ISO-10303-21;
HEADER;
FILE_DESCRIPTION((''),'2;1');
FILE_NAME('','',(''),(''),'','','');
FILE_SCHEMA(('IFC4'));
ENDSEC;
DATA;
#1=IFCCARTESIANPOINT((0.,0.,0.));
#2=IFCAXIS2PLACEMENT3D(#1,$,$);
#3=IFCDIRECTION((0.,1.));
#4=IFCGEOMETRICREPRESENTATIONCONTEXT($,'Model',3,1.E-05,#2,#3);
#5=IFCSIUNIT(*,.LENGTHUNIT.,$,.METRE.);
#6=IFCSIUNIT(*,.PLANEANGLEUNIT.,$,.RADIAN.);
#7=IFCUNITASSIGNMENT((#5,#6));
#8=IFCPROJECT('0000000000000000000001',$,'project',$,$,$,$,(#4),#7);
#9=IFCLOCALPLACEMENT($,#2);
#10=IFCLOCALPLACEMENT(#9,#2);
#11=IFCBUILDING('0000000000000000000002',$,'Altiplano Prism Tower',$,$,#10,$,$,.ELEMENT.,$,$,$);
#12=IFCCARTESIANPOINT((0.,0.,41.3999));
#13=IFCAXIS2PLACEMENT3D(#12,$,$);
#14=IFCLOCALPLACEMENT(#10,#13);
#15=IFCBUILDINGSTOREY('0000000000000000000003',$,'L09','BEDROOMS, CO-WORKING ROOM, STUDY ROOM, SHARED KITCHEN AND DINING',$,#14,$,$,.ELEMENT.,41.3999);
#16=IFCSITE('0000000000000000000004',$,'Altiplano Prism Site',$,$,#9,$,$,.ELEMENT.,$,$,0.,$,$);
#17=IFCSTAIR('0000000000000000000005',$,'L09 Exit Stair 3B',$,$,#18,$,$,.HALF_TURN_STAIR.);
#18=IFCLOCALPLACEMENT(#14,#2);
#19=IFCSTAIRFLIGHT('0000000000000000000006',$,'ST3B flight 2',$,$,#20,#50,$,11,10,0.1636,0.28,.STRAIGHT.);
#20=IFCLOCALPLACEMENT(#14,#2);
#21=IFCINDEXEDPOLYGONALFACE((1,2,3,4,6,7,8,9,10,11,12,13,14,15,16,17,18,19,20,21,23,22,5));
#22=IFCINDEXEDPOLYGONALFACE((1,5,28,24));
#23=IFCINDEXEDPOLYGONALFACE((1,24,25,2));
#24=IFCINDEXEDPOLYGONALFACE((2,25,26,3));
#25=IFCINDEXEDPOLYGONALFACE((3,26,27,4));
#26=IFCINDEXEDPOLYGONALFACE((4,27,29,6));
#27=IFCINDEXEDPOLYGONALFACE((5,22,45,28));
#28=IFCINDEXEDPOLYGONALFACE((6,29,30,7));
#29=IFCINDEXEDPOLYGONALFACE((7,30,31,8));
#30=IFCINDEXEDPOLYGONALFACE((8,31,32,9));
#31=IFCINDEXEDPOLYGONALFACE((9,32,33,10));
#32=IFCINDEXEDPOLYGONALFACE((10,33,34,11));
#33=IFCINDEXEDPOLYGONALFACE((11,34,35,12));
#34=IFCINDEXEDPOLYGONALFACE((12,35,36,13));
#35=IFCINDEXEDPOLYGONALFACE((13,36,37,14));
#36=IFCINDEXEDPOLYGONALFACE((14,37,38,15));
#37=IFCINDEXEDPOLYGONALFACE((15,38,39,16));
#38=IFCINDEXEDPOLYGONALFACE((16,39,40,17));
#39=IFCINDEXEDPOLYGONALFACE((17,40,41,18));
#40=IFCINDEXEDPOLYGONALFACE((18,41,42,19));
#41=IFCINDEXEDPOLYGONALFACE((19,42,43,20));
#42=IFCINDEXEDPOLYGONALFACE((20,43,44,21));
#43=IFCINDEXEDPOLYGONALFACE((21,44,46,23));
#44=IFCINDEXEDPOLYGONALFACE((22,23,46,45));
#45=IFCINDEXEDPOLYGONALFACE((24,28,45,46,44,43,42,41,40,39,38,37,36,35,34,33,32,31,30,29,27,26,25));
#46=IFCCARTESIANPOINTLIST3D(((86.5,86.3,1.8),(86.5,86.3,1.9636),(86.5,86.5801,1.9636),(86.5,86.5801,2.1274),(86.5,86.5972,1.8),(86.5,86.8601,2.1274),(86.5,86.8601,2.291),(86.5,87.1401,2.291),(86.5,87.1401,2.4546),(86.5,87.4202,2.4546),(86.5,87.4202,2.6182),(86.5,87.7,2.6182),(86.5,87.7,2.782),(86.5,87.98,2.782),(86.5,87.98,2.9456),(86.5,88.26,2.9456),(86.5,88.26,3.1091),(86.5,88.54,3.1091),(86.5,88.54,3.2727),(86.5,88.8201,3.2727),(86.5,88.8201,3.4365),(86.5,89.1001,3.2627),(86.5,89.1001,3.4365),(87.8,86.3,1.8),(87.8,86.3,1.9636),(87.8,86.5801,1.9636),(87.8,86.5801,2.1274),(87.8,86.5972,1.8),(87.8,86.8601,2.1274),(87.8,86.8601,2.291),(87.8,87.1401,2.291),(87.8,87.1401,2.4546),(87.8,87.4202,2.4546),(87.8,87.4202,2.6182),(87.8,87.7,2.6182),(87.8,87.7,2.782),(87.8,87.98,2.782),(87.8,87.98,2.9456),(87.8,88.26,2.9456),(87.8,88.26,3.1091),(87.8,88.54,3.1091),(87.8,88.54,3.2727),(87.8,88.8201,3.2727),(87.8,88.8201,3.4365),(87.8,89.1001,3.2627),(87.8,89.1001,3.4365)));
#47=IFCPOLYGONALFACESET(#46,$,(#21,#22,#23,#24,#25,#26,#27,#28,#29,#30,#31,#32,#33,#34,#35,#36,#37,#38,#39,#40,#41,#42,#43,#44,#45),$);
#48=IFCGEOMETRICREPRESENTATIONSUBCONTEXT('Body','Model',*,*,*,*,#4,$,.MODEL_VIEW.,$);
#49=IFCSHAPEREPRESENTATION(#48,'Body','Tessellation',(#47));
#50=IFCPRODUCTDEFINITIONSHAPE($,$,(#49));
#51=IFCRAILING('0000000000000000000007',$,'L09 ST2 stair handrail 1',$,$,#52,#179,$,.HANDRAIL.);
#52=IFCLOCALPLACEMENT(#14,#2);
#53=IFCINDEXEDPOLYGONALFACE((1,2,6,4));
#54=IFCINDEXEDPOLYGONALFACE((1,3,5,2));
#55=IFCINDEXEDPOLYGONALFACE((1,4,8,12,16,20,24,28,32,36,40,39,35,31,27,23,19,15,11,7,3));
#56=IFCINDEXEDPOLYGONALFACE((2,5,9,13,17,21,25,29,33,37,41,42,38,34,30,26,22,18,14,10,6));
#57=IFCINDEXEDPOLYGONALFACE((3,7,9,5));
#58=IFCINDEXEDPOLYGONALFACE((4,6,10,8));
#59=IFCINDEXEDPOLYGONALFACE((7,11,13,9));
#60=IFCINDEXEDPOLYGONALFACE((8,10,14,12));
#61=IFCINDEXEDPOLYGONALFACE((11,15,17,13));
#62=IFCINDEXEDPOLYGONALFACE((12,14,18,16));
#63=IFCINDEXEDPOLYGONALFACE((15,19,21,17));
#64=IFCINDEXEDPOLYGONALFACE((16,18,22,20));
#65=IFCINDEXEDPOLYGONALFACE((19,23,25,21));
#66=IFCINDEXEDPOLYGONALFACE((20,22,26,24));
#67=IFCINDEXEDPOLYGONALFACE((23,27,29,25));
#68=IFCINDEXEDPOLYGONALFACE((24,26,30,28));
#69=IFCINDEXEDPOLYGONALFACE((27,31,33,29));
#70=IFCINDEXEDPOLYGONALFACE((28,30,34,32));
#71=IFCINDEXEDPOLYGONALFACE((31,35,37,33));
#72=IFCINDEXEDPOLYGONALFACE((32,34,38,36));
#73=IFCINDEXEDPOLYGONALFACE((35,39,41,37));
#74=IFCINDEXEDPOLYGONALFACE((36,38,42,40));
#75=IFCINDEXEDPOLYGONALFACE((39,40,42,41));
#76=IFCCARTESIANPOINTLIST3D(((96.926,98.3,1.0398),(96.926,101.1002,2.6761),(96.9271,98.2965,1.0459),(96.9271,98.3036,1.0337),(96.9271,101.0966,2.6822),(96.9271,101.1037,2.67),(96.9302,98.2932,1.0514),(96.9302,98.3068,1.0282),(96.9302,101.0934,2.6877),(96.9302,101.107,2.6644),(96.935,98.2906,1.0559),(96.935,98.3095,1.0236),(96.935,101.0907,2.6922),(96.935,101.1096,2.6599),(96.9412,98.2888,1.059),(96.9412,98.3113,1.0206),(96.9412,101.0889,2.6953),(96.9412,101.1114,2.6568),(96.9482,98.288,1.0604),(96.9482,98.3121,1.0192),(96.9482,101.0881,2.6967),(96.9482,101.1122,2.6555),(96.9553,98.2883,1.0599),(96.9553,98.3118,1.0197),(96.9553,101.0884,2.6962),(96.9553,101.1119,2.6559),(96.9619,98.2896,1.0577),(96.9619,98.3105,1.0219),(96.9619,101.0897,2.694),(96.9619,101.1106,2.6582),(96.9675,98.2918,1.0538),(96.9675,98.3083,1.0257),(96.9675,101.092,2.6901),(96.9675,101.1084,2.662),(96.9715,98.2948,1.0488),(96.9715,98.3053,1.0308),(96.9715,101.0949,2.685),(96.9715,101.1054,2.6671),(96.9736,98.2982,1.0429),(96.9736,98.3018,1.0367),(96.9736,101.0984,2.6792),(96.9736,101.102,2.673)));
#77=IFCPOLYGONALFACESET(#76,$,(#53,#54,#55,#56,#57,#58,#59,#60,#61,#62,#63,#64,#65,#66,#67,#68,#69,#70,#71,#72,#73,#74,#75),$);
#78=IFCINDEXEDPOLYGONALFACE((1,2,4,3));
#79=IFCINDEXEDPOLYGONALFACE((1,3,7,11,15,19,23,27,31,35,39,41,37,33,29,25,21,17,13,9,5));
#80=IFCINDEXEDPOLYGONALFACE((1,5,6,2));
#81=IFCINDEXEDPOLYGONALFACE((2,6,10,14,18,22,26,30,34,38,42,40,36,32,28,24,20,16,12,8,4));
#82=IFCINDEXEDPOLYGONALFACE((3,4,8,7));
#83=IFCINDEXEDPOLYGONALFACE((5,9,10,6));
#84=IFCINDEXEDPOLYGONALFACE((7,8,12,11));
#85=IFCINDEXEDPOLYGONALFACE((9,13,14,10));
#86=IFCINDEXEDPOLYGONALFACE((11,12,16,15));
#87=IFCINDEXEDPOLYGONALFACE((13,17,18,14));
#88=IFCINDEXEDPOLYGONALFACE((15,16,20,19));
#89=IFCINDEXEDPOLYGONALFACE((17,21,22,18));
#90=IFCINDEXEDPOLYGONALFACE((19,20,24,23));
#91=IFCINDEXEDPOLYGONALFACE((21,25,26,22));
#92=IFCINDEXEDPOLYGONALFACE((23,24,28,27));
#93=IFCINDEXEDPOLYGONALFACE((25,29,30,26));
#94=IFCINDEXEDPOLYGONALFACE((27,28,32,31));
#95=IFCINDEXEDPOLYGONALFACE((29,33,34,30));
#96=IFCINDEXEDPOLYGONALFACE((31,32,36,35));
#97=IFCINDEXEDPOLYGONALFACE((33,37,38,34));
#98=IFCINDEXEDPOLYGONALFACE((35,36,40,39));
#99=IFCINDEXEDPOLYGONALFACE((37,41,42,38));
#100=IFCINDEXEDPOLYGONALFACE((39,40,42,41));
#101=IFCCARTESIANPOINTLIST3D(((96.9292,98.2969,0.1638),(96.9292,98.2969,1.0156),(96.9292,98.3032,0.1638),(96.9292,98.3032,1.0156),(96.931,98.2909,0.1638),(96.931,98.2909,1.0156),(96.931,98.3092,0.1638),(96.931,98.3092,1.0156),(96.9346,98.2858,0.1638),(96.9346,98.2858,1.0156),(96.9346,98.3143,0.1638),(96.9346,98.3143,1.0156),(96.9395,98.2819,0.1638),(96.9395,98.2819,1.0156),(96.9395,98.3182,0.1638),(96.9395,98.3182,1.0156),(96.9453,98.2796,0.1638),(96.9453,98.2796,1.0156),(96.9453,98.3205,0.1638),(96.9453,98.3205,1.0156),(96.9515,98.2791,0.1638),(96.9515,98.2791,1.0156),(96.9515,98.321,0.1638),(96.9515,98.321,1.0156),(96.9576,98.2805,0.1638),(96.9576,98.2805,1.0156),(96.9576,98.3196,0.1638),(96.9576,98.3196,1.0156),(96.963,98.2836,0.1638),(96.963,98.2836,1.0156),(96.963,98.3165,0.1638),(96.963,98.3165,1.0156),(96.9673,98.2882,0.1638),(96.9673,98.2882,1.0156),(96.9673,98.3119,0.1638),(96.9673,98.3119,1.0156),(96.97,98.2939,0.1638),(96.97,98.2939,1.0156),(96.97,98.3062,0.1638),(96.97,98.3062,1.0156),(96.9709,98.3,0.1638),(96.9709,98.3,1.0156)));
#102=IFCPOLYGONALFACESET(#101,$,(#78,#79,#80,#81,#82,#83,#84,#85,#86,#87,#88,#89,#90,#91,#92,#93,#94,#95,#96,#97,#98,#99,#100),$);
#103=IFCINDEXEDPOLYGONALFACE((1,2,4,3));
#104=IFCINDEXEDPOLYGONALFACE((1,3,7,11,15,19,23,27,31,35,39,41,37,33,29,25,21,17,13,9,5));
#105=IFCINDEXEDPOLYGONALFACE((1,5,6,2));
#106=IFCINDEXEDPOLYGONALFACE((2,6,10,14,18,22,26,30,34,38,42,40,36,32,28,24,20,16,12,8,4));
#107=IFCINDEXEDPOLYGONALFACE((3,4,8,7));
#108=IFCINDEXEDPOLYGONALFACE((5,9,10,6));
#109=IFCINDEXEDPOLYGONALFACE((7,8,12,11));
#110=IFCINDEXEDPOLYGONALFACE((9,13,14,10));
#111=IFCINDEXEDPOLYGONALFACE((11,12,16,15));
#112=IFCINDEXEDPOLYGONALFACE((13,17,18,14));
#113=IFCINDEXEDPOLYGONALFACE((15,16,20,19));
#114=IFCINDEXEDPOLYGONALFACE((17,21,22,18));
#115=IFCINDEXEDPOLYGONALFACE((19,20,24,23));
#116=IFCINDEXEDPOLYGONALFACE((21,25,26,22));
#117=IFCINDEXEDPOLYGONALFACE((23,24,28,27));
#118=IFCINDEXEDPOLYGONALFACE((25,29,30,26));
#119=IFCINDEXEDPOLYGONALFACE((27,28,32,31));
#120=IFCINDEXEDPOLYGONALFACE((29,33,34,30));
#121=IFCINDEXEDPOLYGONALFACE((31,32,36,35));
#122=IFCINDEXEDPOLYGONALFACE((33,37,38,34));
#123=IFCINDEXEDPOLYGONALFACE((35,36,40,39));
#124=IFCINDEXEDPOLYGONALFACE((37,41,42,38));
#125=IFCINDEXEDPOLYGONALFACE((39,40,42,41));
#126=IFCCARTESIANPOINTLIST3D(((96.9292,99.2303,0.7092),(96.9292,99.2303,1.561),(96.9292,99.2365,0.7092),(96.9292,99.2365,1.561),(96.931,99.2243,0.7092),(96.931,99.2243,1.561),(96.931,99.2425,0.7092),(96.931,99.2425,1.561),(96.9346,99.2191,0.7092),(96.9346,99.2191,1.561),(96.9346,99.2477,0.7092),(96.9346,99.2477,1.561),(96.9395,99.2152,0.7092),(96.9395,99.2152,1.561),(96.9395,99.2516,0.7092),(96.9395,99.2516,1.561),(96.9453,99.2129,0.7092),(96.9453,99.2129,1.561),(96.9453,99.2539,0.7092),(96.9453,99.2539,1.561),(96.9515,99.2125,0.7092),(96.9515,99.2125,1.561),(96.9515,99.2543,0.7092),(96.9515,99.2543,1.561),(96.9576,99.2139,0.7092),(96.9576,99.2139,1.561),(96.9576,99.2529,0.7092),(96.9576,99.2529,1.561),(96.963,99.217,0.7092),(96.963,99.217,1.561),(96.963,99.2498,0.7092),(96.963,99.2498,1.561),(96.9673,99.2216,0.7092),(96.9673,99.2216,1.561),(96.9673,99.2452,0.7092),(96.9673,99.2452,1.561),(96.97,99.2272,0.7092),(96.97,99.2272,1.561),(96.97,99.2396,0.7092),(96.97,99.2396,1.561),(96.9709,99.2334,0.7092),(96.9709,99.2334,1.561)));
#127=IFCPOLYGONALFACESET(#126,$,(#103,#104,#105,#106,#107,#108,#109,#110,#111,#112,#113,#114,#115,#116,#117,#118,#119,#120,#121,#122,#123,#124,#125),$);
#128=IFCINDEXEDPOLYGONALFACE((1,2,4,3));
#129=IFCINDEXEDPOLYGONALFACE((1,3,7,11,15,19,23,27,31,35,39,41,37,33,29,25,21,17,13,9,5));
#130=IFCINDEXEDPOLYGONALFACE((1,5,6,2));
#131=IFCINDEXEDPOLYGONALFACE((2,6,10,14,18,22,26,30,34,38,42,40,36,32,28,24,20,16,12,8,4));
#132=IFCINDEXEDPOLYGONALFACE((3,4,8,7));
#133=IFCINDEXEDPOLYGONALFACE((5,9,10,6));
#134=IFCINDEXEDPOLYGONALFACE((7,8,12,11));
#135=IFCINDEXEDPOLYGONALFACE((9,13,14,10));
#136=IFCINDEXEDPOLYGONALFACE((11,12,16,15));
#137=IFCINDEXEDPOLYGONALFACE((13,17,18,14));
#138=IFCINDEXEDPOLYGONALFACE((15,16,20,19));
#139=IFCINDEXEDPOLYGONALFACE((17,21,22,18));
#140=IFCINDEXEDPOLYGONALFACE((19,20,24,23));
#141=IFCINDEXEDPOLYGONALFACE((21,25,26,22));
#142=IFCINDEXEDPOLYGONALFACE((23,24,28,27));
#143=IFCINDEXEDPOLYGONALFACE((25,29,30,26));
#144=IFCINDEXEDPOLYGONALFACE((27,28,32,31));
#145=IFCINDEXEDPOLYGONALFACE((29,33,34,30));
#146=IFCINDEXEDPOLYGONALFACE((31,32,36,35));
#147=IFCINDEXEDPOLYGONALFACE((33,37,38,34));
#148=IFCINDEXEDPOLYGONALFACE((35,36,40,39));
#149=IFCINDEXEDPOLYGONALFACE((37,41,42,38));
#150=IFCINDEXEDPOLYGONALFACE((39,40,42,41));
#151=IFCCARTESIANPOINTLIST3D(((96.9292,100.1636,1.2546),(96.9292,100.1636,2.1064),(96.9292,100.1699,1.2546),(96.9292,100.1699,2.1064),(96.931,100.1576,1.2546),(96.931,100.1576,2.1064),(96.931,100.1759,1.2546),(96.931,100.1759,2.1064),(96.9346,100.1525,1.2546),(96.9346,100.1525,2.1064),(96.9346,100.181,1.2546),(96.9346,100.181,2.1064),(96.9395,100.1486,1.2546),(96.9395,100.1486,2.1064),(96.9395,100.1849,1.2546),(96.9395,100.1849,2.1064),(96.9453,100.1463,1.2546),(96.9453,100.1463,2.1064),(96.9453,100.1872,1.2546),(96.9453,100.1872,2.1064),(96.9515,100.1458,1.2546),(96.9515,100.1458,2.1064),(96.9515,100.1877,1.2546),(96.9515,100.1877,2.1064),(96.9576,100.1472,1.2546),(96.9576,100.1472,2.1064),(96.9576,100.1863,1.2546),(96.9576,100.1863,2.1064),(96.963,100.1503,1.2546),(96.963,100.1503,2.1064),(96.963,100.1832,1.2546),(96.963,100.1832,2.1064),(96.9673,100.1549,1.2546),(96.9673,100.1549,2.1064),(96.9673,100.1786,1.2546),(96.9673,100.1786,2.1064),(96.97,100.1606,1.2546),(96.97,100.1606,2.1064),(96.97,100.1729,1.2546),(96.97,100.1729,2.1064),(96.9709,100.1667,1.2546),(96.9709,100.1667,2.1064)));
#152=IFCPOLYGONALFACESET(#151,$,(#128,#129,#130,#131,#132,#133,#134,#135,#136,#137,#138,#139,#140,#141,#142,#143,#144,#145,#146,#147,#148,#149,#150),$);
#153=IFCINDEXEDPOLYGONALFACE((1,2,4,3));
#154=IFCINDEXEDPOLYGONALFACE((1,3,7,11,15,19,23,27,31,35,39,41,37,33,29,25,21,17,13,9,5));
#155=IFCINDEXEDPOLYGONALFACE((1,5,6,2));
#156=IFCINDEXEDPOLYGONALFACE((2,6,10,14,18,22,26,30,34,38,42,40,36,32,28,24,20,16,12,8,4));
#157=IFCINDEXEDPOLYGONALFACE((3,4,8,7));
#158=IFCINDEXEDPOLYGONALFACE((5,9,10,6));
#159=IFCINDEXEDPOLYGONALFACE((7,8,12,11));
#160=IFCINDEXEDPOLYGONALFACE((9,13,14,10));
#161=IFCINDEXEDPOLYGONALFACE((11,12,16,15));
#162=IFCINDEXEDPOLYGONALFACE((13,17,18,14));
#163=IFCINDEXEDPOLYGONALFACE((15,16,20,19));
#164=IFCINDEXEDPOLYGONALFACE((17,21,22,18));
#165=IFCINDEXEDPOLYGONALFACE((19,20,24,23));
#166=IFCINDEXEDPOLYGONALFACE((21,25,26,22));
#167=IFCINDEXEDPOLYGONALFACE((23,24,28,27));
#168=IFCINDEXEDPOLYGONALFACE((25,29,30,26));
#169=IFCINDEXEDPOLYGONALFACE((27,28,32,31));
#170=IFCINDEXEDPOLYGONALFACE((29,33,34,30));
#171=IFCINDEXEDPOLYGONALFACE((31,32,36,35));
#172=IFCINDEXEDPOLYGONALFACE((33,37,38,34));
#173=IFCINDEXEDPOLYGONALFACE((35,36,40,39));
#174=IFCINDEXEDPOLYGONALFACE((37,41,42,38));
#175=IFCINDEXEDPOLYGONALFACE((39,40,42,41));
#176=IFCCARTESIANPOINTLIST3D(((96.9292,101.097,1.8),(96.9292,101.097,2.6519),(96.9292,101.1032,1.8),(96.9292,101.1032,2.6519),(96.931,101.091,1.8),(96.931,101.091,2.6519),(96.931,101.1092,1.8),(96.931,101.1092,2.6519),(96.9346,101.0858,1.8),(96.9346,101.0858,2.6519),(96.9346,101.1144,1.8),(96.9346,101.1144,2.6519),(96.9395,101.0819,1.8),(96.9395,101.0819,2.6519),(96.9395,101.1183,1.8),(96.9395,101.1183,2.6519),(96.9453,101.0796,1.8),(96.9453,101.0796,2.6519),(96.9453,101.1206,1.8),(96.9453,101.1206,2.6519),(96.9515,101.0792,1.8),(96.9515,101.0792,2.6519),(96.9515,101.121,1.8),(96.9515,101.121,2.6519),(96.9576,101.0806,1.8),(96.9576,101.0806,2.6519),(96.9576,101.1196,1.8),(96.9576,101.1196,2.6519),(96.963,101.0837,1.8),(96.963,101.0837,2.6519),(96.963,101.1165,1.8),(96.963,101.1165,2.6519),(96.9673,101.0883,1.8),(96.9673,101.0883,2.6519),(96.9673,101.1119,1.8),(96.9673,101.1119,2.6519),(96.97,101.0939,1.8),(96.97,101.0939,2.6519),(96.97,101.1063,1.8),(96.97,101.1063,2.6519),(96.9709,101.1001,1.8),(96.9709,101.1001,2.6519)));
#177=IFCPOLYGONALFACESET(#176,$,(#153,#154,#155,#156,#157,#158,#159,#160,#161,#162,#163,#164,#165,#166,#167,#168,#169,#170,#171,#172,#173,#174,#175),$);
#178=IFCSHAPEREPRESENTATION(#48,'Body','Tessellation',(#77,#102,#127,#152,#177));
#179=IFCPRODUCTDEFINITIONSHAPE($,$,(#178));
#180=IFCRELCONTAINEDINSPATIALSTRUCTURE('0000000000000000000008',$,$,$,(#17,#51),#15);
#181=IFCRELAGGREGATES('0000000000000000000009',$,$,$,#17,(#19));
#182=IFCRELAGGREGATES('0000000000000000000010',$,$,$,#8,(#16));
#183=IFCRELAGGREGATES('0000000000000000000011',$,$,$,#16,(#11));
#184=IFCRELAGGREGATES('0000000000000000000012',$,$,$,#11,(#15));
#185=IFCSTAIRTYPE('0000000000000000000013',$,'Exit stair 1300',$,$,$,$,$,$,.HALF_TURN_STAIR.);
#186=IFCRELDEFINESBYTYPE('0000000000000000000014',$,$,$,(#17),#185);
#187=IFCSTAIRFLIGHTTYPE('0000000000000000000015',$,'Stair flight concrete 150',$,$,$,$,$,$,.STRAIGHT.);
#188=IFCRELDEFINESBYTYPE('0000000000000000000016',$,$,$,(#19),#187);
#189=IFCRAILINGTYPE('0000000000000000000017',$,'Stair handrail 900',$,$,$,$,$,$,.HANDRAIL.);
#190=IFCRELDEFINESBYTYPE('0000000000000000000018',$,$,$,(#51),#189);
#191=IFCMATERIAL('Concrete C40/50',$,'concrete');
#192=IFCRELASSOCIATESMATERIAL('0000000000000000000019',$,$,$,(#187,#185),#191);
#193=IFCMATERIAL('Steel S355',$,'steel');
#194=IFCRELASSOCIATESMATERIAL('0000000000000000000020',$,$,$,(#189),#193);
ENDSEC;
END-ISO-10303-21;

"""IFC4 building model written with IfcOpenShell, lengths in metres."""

from ifc_helpers import new_model, si_unit, direction, frame, origin, origin_2d, place, context, subcontext, project, spatial, polyline, circle, outline, extrude, material, type_object, element, aggregate, save


model = new_model("IFC4")

# Units and contexts
model_context = context("Model", 3, precision=1e-05, world=origin(), true_north=direction((0.0, 1.0)))
body_context = subcontext(model_context, "Body", "Model", "MODEL_VIEW")
ifc_project = project(units=[si_unit("LENGTHUNIT", "METRE"), si_unit("PLANEANGLEUNIT", "RADIAN")], contexts=[model_context])

# Site, building, storey
site_placement = place(None, origin())
site = spatial("IfcSite", under=ifc_project, at=site_placement, Name="Altiplano Prism Site", CompositionType="ELEMENT", RefElevation=0.0)
building_placement = place(site_placement, origin())
building = spatial("IfcBuilding", under=site, at=building_placement, Name="Altiplano Prism Tower", CompositionType="ELEMENT")
storey_placement = place(building_placement, frame((0.0, 0.0, 41.3999)))
storey = spatial("IfcBuildingStorey", under=building, at=storey_placement, Name="L09", Description="BEDROOMS, CO-WORKING ROOM, STUDY ROOM, SHARED KITCHEN AND DINING", CompositionType="ELEMENT", Elevation=41.3999)

# Shared definitions
ifc_material_1 = material(Name="Concrete C40/50", Category="concrete")
stair_flight_type = type_object("IfcStairFlightType", Name="Stair flight concrete 150", PredefinedType="STRAIGHT", material=ifc_material_1)

# Stair, stair flight
stair_type_1 = type_object("IfcStairType", Name="Exit stair 1300", PredefinedType="HALF_TURN_STAIR", material=ifc_material_1)
stair_1_placement = place(storey_placement, origin())
stair_1 = element("IfcStair", 1, at=stair_1_placement, inside=storey, type_object=stair_type_1, Name="L09 Exit Stair 3B", PredefinedType="HALF_TURN_STAIR")
stair_flight_1_placement = place(storey_placement, frame((87.1499, 86.3, 1.8), z_axis=(0.0, 0.0, 1.0), x_axis=(0.0, 1.0, 0.0)))
stair_flight_1 = element("IfcStairFlight", 2, at=stair_flight_1_placement, type_object=stair_flight_type, Name="ST3B flight 2", NumberOfRisers=11, NumberOfTreads=10, PredefinedType="STRAIGHT", RiserHeight=0.1636, TreadLength=0.28, context=body_context, shape_type="SweptSolid", body=[
    extrude(outline(polyline([(0.0, 0.0), (0.0, 0.1636), (0.28, 0.1636), (0.28, 0.3274), (0.5601, 0.3274), (0.5601, 0.491), (0.8401, 0.491), (0.8401, 0.6545), (1.1201, 0.6545), (1.1201, 0.8181), (1.3999, 0.8181), (1.3999, 0.9819), (1.6799, 0.9819), (1.6799, 1.1455), (1.96, 1.1455), (1.96, 1.3091), (2.24, 1.3091), (2.24, 1.4727), (2.52, 1.4727), (2.52, 1.6365), (2.8, 1.6365), (2.8, 1.8), (2.8, 1.4626), (0.2971, 0.0), (0.0, 0.0)])), frame((0.0, 0.6499, 0.0), z_axis=(0.0, -1.0, 0.0), x_axis=(1.0, 0.0, 0.0)), (0.0, 0.0, 1.0), 1.3),
])
aggregate(stair_1, [stair_flight_1])

# Railing
ifc_material_2 = material(Name="Steel S355", Category="steel")
railing_type_1 = type_object("IfcRailingType", Name="Stair handrail 900", PredefinedType="HANDRAIL", material=ifc_material_2)
railing_1_placement = place(storey_placement, frame((96.95, 98.3, 0.1638)))
element("IfcRailing", 3, at=railing_1_placement, inside=storey, type_object=railing_type_1, Name="L09 ST2 stair handrail 1", PredefinedType="HANDRAIL", context=body_context, shape_type="SweptSolid", body=[
    extrude(circle(Radius=0.0239, at=origin_2d()), frame((0.0, 0.0, 0.876), z_axis=(0.0, 0.863394, 0.504531), x_axis=(-1.0, 0.0, 0.0)), (0.0, 0.0, 1.0), 3.2432),
    extrude(circle(Radius=0.021, at=origin_2d()), origin(), (0.0, 0.0, 1.0), 0.8518),
    extrude(circle(Radius=0.021, at=origin_2d()), frame((0.0, 0.9333, 0.5454)), (0.0, 0.0, 1.0), 0.8518),
    extrude(circle(Radius=0.021, at=origin_2d()), frame((0.0, 1.8667, 1.0908)), (0.0, 0.0, 1.0), 0.8518),
    extrude(circle(Radius=0.021, at=origin_2d()), frame((0.0, 2.8, 1.6362)), (0.0, 0.0, 1.0), 0.8518),
])

save(model, "model.ifc")
